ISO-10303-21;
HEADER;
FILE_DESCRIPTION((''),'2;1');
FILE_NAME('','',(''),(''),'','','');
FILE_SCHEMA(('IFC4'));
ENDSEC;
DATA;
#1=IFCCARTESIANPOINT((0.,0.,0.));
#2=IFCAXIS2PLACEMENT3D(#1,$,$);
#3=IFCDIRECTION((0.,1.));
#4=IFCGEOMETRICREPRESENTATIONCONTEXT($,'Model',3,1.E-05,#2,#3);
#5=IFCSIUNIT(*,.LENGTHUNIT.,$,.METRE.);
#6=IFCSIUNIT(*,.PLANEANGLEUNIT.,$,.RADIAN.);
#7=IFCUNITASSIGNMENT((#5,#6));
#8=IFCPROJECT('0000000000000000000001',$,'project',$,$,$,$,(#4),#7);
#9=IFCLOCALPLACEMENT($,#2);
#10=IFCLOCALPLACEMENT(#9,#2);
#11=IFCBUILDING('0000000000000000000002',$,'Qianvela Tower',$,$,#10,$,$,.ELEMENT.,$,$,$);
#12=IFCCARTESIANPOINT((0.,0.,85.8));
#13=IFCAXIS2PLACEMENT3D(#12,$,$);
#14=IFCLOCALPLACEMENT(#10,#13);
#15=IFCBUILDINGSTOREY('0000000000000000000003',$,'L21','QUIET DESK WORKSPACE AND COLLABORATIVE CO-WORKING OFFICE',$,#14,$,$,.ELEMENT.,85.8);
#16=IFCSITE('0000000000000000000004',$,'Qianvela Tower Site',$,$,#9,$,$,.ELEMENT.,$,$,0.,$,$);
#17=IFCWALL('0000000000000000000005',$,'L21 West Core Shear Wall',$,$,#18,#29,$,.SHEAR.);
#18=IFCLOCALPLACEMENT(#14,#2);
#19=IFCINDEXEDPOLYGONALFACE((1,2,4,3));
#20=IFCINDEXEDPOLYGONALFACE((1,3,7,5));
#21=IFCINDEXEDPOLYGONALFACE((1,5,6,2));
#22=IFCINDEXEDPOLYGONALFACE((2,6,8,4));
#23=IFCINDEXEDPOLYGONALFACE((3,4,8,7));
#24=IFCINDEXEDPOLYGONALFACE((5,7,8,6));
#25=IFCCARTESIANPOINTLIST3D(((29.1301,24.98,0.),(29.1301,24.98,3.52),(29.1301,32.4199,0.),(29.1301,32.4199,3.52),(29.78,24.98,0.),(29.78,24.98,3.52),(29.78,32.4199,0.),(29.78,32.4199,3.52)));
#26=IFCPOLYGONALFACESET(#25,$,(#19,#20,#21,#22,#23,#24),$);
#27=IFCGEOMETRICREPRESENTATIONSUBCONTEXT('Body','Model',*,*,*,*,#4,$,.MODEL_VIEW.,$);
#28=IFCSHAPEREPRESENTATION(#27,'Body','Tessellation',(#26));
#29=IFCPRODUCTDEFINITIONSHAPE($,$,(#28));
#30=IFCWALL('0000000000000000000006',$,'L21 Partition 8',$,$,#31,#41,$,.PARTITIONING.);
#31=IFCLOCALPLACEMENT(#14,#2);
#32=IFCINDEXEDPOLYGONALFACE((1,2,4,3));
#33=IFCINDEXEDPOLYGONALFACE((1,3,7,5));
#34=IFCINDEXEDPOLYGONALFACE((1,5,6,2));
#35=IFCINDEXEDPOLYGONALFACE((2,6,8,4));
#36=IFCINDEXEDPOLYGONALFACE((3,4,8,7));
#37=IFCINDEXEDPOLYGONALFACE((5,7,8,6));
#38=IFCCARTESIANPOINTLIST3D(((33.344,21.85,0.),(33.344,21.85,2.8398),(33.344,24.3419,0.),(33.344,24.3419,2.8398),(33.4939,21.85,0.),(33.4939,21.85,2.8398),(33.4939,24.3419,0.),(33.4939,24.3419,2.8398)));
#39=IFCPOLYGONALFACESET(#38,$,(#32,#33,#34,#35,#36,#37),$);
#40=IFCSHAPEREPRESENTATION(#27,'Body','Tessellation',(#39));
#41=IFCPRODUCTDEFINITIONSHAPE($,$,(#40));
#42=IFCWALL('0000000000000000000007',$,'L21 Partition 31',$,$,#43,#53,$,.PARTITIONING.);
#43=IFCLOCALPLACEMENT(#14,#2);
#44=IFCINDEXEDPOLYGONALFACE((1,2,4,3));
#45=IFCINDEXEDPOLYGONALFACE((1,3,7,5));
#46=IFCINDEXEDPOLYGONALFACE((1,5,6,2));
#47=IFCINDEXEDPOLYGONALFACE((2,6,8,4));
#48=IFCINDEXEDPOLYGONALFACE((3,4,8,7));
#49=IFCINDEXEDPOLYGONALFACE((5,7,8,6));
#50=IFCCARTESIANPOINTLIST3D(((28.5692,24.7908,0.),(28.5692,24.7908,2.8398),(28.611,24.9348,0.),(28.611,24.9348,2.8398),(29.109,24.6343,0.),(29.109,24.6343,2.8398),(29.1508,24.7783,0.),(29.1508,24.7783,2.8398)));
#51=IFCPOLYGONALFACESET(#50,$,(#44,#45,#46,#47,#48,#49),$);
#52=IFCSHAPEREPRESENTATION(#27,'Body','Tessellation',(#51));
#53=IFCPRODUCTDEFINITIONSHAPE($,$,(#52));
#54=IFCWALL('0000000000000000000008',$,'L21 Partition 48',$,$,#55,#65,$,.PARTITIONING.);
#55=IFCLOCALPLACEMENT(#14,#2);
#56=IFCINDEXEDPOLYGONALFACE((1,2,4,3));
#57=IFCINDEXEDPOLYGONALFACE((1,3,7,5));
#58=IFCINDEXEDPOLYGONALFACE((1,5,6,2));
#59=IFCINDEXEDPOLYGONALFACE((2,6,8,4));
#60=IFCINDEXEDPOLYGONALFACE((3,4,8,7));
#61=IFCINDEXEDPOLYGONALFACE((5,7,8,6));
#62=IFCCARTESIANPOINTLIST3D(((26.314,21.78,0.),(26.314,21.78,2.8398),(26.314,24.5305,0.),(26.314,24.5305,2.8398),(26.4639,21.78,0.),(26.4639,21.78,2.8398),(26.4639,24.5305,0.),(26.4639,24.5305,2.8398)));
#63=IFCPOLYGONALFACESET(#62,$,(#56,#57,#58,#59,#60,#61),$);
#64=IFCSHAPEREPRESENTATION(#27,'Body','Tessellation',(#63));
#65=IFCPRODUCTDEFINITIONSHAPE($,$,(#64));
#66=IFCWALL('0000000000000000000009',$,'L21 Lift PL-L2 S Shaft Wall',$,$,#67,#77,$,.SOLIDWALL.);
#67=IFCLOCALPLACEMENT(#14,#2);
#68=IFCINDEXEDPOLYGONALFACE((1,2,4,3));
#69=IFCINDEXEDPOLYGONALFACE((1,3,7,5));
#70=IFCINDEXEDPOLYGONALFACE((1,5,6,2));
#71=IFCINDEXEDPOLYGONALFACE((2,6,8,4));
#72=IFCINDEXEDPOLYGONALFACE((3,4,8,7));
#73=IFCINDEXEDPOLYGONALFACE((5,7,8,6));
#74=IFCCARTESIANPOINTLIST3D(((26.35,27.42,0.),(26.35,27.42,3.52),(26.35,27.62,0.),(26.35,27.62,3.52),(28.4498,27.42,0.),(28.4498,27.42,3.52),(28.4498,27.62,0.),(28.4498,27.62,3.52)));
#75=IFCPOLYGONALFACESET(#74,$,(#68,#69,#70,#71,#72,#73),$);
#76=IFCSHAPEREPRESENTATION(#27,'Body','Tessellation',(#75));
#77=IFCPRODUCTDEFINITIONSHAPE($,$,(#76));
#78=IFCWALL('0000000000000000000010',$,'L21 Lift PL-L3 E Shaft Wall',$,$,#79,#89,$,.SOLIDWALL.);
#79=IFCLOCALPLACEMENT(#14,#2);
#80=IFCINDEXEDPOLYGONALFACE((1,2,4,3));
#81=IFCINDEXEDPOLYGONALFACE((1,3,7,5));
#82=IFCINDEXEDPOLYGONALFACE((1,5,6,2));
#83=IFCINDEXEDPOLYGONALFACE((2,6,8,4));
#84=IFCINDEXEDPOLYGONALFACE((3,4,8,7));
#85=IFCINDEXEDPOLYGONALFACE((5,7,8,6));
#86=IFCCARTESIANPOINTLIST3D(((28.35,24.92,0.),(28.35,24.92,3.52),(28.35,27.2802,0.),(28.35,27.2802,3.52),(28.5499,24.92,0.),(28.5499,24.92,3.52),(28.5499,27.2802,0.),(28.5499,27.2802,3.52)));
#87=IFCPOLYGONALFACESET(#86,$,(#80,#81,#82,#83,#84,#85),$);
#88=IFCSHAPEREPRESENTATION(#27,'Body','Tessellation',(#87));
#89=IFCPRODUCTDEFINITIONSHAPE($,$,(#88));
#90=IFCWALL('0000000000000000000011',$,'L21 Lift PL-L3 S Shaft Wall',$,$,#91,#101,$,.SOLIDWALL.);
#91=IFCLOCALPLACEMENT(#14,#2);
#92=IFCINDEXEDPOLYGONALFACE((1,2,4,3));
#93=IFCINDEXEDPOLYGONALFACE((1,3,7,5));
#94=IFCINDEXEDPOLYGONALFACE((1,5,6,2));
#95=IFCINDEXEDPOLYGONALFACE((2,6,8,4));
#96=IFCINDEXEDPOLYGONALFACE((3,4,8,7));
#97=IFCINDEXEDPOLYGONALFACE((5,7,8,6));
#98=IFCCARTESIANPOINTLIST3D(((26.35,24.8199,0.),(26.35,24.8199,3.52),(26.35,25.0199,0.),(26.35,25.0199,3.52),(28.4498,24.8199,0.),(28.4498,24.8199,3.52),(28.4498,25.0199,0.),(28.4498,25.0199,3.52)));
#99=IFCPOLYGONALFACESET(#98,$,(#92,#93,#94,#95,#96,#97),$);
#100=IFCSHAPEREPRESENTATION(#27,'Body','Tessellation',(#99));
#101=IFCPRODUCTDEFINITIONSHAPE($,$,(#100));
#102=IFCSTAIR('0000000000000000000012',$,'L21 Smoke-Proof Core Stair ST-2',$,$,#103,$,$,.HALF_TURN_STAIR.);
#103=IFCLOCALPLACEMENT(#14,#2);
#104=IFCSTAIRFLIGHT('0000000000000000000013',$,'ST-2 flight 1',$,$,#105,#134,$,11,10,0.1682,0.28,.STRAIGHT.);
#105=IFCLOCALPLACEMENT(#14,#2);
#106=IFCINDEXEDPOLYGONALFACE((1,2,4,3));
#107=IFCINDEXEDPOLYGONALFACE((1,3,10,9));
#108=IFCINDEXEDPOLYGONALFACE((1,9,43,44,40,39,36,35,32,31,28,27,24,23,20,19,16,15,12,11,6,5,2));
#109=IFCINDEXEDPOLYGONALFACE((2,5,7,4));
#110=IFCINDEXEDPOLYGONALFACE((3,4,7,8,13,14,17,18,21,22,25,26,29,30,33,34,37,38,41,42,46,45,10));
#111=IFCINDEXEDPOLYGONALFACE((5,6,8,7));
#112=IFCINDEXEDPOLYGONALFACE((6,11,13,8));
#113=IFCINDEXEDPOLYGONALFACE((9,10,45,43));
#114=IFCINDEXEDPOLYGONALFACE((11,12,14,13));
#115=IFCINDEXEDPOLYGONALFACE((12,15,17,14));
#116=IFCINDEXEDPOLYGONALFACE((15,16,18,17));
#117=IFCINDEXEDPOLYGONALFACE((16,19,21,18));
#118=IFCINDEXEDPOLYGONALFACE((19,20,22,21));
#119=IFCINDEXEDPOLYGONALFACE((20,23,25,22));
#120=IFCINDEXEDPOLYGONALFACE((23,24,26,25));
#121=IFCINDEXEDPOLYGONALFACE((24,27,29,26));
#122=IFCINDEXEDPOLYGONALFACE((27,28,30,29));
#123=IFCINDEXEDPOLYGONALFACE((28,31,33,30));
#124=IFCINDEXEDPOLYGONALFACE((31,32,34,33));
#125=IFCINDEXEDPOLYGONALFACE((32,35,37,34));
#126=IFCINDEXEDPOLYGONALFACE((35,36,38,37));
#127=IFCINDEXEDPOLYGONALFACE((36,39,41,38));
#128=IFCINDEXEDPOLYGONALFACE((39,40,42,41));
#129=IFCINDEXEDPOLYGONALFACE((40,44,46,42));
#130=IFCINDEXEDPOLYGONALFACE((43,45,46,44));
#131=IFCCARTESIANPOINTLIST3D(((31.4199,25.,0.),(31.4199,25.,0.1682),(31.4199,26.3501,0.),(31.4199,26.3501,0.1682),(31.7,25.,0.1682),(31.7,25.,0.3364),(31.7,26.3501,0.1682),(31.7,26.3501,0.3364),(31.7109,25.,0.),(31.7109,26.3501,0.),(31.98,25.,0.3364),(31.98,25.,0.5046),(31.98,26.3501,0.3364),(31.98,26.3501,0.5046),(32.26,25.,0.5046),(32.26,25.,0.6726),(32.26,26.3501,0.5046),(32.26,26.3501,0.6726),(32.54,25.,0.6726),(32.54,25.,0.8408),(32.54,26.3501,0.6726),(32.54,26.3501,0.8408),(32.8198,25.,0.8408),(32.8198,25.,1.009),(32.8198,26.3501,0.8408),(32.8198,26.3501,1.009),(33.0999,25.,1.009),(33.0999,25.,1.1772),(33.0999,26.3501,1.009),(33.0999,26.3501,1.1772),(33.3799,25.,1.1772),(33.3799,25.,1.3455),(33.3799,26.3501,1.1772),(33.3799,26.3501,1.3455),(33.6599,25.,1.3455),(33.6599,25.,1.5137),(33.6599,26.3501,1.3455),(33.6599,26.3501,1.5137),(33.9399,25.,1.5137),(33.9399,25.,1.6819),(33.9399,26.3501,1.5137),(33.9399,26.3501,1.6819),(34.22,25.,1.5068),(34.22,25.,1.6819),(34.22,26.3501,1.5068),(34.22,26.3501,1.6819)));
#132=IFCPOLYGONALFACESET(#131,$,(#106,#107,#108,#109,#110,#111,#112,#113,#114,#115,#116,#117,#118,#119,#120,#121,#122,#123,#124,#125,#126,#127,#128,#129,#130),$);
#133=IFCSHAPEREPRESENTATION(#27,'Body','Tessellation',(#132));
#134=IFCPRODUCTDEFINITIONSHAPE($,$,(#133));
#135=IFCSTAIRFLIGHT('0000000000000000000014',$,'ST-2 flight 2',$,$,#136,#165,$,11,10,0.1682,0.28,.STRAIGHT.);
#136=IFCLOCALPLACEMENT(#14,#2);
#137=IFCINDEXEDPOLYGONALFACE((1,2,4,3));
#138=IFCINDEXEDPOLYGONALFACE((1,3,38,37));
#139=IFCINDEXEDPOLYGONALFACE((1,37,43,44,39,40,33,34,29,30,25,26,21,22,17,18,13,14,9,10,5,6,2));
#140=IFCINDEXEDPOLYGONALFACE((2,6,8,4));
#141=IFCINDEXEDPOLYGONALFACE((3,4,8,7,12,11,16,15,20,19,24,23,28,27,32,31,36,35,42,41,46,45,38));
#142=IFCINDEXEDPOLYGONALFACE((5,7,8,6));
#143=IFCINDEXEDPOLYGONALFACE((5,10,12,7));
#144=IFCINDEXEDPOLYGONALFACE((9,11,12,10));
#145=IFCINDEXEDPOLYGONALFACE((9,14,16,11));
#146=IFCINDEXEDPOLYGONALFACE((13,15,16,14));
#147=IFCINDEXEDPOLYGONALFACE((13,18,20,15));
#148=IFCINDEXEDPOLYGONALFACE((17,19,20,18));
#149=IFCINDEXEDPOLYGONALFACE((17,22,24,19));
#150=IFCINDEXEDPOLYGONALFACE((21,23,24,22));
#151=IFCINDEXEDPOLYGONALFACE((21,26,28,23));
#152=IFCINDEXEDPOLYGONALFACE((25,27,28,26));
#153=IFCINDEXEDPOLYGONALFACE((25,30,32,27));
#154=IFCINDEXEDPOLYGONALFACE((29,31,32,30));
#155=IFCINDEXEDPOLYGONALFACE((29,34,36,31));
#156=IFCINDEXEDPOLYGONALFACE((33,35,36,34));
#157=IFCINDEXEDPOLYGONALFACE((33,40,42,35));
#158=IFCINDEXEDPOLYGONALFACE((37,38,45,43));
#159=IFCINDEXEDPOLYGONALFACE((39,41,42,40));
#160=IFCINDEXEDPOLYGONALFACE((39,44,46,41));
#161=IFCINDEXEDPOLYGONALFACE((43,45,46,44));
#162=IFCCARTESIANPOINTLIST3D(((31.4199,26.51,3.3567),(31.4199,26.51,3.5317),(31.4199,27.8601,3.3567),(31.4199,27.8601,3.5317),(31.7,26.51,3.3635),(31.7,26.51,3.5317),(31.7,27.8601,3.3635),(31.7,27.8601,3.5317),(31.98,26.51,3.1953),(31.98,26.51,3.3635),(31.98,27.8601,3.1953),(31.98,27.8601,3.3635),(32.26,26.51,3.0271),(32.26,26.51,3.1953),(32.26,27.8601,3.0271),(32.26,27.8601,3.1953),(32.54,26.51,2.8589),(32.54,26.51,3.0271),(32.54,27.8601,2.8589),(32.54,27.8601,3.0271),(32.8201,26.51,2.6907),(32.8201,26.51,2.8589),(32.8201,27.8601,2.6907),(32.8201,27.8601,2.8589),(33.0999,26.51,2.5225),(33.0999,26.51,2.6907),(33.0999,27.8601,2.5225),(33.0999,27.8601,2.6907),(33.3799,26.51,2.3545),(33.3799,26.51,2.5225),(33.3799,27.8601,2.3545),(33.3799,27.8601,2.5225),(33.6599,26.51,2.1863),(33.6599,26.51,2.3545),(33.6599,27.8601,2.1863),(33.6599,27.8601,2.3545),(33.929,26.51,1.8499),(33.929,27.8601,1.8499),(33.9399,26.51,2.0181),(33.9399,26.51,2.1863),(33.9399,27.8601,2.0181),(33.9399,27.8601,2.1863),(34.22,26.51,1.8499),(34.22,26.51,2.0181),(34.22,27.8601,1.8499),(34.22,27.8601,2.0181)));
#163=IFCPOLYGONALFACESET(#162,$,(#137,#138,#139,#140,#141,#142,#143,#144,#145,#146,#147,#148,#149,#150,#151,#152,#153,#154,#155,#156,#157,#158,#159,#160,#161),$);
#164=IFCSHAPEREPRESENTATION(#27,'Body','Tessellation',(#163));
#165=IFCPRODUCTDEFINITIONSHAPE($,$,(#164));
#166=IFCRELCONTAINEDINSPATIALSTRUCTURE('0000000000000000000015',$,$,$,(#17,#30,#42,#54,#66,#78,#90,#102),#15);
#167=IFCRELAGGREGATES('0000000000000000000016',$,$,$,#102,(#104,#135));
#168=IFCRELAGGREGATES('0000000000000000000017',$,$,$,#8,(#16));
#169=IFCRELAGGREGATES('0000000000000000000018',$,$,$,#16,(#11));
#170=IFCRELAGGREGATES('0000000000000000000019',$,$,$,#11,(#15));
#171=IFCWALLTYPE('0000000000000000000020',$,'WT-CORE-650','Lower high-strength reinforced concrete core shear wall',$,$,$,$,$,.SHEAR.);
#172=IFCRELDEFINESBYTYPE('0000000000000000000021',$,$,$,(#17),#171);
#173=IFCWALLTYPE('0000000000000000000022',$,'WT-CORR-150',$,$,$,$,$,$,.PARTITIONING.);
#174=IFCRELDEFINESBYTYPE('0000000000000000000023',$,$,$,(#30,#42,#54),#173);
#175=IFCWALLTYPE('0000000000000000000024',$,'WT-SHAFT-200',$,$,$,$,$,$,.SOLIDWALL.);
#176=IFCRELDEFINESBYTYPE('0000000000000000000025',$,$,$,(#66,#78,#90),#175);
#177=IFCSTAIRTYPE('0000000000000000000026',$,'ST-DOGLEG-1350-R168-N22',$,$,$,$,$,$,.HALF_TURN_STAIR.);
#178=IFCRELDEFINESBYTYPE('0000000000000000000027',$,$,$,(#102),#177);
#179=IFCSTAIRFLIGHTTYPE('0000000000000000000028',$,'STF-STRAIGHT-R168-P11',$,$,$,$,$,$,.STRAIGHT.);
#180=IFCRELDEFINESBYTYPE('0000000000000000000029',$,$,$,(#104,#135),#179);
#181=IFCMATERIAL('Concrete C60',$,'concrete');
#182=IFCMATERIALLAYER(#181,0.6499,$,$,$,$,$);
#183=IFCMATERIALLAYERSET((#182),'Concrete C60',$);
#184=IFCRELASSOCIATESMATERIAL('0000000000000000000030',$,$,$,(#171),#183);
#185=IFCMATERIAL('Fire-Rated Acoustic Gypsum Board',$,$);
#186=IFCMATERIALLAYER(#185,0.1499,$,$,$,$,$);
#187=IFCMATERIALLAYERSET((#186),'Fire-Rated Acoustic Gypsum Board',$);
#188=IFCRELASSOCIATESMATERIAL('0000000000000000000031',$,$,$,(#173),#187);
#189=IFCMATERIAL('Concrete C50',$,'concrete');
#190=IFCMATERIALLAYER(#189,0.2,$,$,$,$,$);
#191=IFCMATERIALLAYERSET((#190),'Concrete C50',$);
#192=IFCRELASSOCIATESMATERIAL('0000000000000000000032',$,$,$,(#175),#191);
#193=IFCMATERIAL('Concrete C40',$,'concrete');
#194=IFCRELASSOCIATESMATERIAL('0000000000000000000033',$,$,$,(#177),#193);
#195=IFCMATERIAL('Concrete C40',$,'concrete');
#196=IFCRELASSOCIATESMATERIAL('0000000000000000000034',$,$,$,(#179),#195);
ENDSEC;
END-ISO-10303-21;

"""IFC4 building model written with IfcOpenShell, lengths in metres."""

from ifc_helpers import new_model, si_unit, direction, frame, frame_2d, origin, place, context, subcontext, project, spatial, polyline, rectangle, outline, extrude, material, layer, layer_set, type_object, element, aggregate, save


model = new_model("IFC4")

# Units and contexts
model_context = context("Model", 3, precision=1e-05, world=origin(), true_north=direction((0.0, 1.0)))
body_context = subcontext(model_context, "Body", "Model", "MODEL_VIEW")
ifc_project = project(units=[si_unit("LENGTHUNIT", "METRE"), si_unit("PLANEANGLEUNIT", "RADIAN")], contexts=[model_context])

# Site, building, storey
site_placement = place(None, origin())
site = spatial("IfcSite", under=ifc_project, at=site_placement, Name="Qianvela Tower Site", CompositionType="ELEMENT", RefElevation=0.0)
building_placement = place(site_placement, origin())
building = spatial("IfcBuilding", under=site, at=building_placement, Name="Qianvela Tower", CompositionType="ELEMENT")
storey_placement = place(building_placement, frame((0.0, 0.0, 85.8)))
storey = spatial("IfcBuildingStorey", under=building, at=storey_placement, Name="L21", Description="QUIET DESK WORKSPACE AND COLLABORATIVE CO-WORKING OFFICE", CompositionType="ELEMENT", Elevation=85.8)

# Shared definitions
ifc_material_1 = material(Name="Concrete C60", Category="concrete")
ifc_layer_1 = layer(ifc_material_1, 0.6499)
ifc_layer_set_1 = layer_set([ifc_layer_1], Name="Concrete C60")
wall_type_1 = type_object("IfcWallType", Name="WT-CORE-650", Description="Lower high-strength reinforced concrete core shear wall", PredefinedType="SHEAR", material=ifc_layer_set_1)

# Walls
wall_1_placement = place(storey_placement, frame((29.4551, 24.98, 0.0), z_axis=(0.0, 0.0, 1.0), x_axis=(0.0, 1.0, 0.0)))
element("IfcWall", 1, at=wall_1_placement, inside=storey, type_object=wall_type_1, Name="L21 West Core Shear Wall", PredefinedType="SHEAR", context=body_context, shape_type="SweptSolid", body=[
    extrude(rectangle(XDim=7.4399, YDim=0.6499, at=frame_2d((3.72, 0.0))), origin(), (0.0, 0.0, 1.0), 3.52),
])
ifc_material_2 = material(Name="Fire-Rated Acoustic Gypsum Board")
ifc_layer_2 = layer(ifc_material_2, 0.1499)
ifc_layer_set_2 = layer_set([ifc_layer_2], Name="Fire-Rated Acoustic Gypsum Board")
wall_type_2 = type_object("IfcWallType", Name="WT-CORR-150", PredefinedType="PARTITIONING", material=ifc_layer_set_2)
wall_2_placement = place(storey_placement, frame((33.4189, 24.342, 0.0), z_axis=(0.0, 0.0, 1.0), x_axis=(0.0, -1.0, 0.0)))
element("IfcWall", 2, at=wall_2_placement, inside=storey, type_object=wall_type_2, Name="L21 Partition 8", PredefinedType="PARTITIONING", context=body_context, shape_type="SweptSolid", body=[
    extrude(rectangle(XDim=2.4919, YDim=0.1499, at=frame_2d((1.2461, 0.0))), origin(), (0.0, 0.0, 1.0), 2.8398),
])
wall_3_placement = place(storey_placement, frame((29.1299, 24.7063, 0.0), z_axis=(0.0, 0.0, 1.0), x_axis=(-0.960451, 0.278448, 0.0)))
element("IfcWall", 3, at=wall_3_placement, inside=storey, type_object=wall_type_2, Name="L21 Partition 31", PredefinedType="PARTITIONING", context=body_context, shape_type="SweptSolid", body=[
    extrude(rectangle(XDim=0.562, YDim=0.1499, at=frame_2d((0.281, 0.0))), origin(), (0.0, 0.0, 1.0), 2.8398),
])
wall_4_placement = place(storey_placement, frame((26.3889, 24.5305, 0.0), z_axis=(0.0, 0.0, 1.0), x_axis=(0.0, -1.0, 0.0)))
element("IfcWall", 4, at=wall_4_placement, inside=storey, type_object=wall_type_2, Name="L21 Partition 48", PredefinedType="PARTITIONING", context=body_context, shape_type="SweptSolid", body=[
    extrude(rectangle(XDim=2.7505, YDim=0.1499, at=frame_2d((1.3752, 0.0))), origin(), (0.0, 0.0, 1.0), 2.8398),
])

# Shared definitions
ifc_material_3 = material(Name="Concrete C50", Category="concrete")
ifc_layer_3 = layer(ifc_material_3, 0.2)
ifc_layer_set_3 = layer_set([ifc_layer_3], Name="Concrete C50")
wall_type_3 = type_object("IfcWallType", Name="WT-SHAFT-200", PredefinedType="SOLIDWALL", material=ifc_layer_set_3)

# Walls
wall_5_placement = place(storey_placement, frame((26.3501, 27.52, 0.0), z_axis=(0.0, 0.0, 1.0), x_axis=(1.0, 0.0, 0.0)))
element("IfcWall", 5, at=wall_5_placement, inside=storey, type_object=wall_type_3, Name="L21 Lift PL-L2 S Shaft Wall", PredefinedType="SOLIDWALL", context=body_context, shape_type="SweptSolid", body=[
    extrude(rectangle(XDim=2.0999, YDim=0.2, at=frame_2d((1.0498, 0.0))), origin(), (0.0, 0.0, 1.0), 3.52),
])
wall_6_placement = place(storey_placement, frame((28.45, 24.9199, 0.0), z_axis=(0.0, 0.0, 1.0), x_axis=(0.0, 1.0, 0.0)))
element("IfcWall", 6, at=wall_6_placement, inside=storey, type_object=wall_type_3, Name="L21 Lift PL-L3 E Shaft Wall", PredefinedType="SOLIDWALL", context=body_context, shape_type="SweptSolid", body=[
    extrude(rectangle(XDim=2.3601, YDim=0.2, at=frame_2d((1.1802, 0.0))), origin(), (0.0, 0.0, 1.0), 3.52),
])

# Wall
wall_7_placement = place(storey_placement, frame((26.3501, 24.9199, 0.0), z_axis=(0.0, 0.0, 1.0), x_axis=(1.0, 0.0, 0.0)))
element("IfcWall", 7, at=wall_7_placement, inside=storey, type_object=wall_type_3, Name="L21 Lift PL-L3 S Shaft Wall", PredefinedType="SOLIDWALL", context=body_context, shape_type="SweptSolid", body=[
    extrude(rectangle(XDim=2.0999, YDim=0.2, at=frame_2d((1.0498, 0.0))), origin(), (0.0, 0.0, 1.0), 3.52),
])

# Stair, stair flights
ifc_material_4 = material(Name="Concrete C40", Category="concrete")
stair_type = type_object("IfcStairType", Name="ST-DOGLEG-1350-R168-N22", PredefinedType="HALF_TURN_STAIR", material=ifc_material_4)
stair_placement = place(storey_placement, origin())
stair = element("IfcStair", 8, at=stair_placement, inside=storey, type_object=stair_type, Name="L21 Smoke-Proof Core Stair ST-2", PredefinedType="HALF_TURN_STAIR")
ifc_material_5 = material(Name="Concrete C40", Category="concrete")
stair_flight_type = type_object("IfcStairFlightType", Name="STF-STRAIGHT-R168-P11", PredefinedType="STRAIGHT", material=ifc_material_5)
stair_flight_1_placement = place(storey_placement, frame((31.4199, 25.675, 0.0), z_axis=(0.0, 0.0, 1.0), x_axis=(1.0, 0.0, 0.0)))
stair_flight_1 = element("IfcStairFlight", 9, at=stair_flight_1_placement, type_object=stair_flight_type, Name="ST-2 flight 1", NumberOfRisers=11, NumberOfTreads=10, PredefinedType="STRAIGHT", RiserHeight=0.1682, TreadLength=0.28, context=body_context, shape_type="SweptSolid", body=[
    extrude(outline(polyline([(0.0, 0.0), (0.0, 0.1682), (0.28, 0.1682), (0.28, 0.3364), (0.5601, 0.3364), (0.5601, 0.5046), (0.8401, 0.5046), (0.8401, 0.6726), (1.1201, 0.6726), (1.1201, 0.8408), (1.3999, 0.8408), (1.3999, 1.009), (1.6799, 1.009), (1.6799, 1.1772), (1.96, 1.1772), (1.96, 1.3455), (2.24, 1.3455), (2.24, 1.5137), (2.52, 1.5137), (2.52, 1.6819), (2.8, 1.6819), (2.8, 1.8501), (2.8, 1.5068), (0.291, 0.0), (0.0, 0.0)])), frame((0.0, 0.675, 0.0), z_axis=(0.0, -1.0, 0.0), x_axis=(1.0, 0.0, 0.0)), (0.0, 0.0, 1.0), 1.3501),
])
stair_flight_2_placement = place(storey_placement, frame((34.22, 27.1851, 1.8499), z_axis=(0.0, 0.0, 1.0), x_axis=(-1.0, 0.0, 0.0)))
stair_flight_2 = element("IfcStairFlight", 10, at=stair_flight_2_placement, type_object=stair_flight_type, Name="ST-2 flight 2", NumberOfRisers=11, NumberOfTreads=10, PredefinedType="STRAIGHT", RiserHeight=0.1682, TreadLength=0.28, context=body_context, shape_type="SweptSolid", body=[
    extrude(outline(polyline([(0.0, 0.0), (0.0, 0.1682), (0.28, 0.1682), (0.28, 0.3364), (0.5601, 0.3364), (0.5601, 0.5046), (0.8401, 0.5046), (0.8401, 0.6726), (1.1201, 0.6726), (1.1201, 0.8408), (1.3999, 0.8408), (1.3999, 1.009), (1.6799, 1.009), (1.6799, 1.1772), (1.96, 1.1772), (1.96, 1.3455), (2.24, 1.3455), (2.24, 1.5137), (2.52, 1.5137), (2.52, 1.6819), (2.8, 1.6819), (2.8, 1.8501), (2.8, 1.5068), (0.291, 0.0), (0.0, 0.0)])), frame((0.0, 0.675, 0.0), z_axis=(0.0, -1.0, 0.0), x_axis=(1.0, 0.0, 0.0)), (0.0, 0.0, 1.0), 1.3501),
])
aggregate(stair, [stair_flight_1, stair_flight_2])

save(model, "model.ifc")
